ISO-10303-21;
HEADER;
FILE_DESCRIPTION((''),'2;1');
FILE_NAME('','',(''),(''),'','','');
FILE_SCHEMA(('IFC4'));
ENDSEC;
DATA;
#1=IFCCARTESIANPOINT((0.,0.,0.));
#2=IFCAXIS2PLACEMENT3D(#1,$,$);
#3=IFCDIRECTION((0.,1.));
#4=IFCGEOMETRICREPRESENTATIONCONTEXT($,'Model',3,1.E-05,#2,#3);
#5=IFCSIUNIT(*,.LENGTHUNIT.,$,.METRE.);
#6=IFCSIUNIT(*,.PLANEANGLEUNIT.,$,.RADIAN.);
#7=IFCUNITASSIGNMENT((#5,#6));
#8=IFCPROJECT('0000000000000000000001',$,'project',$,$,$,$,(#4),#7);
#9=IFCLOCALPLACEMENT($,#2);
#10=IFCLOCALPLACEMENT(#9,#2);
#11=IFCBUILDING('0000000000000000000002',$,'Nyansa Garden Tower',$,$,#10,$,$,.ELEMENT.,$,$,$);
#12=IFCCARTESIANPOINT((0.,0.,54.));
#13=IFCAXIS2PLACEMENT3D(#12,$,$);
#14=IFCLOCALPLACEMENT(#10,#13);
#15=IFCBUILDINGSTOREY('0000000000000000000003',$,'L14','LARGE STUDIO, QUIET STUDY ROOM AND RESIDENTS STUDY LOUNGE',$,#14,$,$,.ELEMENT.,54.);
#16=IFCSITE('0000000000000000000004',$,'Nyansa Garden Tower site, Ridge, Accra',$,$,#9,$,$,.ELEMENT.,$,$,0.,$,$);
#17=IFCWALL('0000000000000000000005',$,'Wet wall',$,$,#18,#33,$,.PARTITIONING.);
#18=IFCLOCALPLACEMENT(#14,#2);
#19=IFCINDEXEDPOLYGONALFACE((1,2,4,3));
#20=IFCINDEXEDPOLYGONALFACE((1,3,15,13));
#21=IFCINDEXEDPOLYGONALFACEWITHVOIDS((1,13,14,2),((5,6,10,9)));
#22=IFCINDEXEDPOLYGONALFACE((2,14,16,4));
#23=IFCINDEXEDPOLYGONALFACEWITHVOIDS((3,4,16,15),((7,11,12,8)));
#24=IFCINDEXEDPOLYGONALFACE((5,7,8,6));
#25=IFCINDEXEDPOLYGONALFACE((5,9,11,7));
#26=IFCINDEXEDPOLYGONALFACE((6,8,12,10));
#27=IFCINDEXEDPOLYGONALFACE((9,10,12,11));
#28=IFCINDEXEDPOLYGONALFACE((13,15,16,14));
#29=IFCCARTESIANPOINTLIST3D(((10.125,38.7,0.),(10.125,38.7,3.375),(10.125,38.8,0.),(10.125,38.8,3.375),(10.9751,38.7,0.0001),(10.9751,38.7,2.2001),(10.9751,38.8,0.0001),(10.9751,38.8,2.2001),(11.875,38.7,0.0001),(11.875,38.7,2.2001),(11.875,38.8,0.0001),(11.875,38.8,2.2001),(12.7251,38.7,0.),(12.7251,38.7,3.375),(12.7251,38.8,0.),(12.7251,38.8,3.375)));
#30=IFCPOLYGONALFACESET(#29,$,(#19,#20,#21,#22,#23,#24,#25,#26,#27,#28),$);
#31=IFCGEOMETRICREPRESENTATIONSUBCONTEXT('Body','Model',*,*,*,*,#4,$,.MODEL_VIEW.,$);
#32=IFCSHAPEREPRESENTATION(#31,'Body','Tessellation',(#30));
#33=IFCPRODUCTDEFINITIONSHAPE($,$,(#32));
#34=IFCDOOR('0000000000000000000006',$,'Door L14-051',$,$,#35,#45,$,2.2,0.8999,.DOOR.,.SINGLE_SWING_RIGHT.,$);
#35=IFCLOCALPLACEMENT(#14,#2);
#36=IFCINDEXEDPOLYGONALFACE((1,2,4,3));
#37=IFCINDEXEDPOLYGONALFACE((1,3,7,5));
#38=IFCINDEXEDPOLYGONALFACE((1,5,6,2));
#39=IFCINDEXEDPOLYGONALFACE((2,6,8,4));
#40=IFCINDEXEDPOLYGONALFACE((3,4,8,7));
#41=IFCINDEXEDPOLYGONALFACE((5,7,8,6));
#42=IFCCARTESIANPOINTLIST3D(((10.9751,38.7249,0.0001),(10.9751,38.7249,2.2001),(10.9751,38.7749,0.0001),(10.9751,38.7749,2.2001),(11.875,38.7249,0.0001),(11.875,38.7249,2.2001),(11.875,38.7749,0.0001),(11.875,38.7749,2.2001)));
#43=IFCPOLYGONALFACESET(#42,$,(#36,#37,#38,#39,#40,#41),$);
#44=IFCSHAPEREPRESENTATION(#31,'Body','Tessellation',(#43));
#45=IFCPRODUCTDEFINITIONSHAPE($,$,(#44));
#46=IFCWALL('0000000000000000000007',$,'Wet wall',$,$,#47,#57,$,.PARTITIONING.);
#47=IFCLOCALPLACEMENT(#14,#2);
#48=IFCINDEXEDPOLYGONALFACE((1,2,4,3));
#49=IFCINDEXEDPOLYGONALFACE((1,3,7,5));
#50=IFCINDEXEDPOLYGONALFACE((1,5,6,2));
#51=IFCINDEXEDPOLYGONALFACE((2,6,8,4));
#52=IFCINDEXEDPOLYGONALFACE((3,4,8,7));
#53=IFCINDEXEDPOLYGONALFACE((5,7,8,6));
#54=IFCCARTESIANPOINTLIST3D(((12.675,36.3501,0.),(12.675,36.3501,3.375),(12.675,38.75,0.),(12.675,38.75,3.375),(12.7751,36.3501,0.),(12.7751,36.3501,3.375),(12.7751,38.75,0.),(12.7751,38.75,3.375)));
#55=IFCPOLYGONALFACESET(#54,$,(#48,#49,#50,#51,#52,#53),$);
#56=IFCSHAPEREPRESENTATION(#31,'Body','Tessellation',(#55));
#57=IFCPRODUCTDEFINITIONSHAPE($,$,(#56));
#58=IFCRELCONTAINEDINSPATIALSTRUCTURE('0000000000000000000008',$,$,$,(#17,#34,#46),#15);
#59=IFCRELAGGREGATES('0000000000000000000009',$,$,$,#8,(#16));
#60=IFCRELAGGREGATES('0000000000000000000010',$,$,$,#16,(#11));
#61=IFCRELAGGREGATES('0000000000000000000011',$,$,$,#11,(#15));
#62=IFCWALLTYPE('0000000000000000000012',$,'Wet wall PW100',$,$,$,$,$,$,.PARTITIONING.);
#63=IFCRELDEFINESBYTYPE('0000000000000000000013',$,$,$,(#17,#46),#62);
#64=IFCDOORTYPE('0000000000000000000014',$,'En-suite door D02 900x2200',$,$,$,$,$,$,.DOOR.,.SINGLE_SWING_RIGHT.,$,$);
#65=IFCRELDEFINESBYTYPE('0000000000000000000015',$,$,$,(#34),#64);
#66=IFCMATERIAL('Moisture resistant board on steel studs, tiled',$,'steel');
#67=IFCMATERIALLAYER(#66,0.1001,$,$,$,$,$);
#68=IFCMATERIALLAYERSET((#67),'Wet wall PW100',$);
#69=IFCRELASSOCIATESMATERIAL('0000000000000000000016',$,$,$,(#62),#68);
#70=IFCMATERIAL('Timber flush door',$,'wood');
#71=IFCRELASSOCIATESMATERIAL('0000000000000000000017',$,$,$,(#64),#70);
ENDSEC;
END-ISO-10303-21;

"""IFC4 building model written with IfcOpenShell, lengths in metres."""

from ifc_helpers import new_model, si_unit, direction, frame, frame_2d, origin, place, context, subcontext, project, spatial, rectangle, extrude, material, layer, layer_set, type_object, element, fill, save


model = new_model("IFC4")

# Units and contexts
model_context = context("Model", 3, precision=1e-05, world=origin(), true_north=direction((0.0, 1.0)))
body_context = subcontext(model_context, "Body", "Model", "MODEL_VIEW")
ifc_project = project(units=[si_unit("LENGTHUNIT", "METRE"), si_unit("PLANEANGLEUNIT", "RADIAN")], contexts=[model_context])

# Site, building, storey
site_placement = place(None, origin())
site = spatial("IfcSite", under=ifc_project, at=site_placement, Name="Nyansa Garden Tower site, Ridge, Accra", CompositionType="ELEMENT", RefElevation=0.0)
building_placement = place(site_placement, origin())
building = spatial("IfcBuilding", under=site, at=building_placement, Name="Nyansa Garden Tower", CompositionType="ELEMENT")
storey_placement = place(building_placement, frame((0.0, 0.0, 54.0)))
storey = spatial("IfcBuildingStorey", under=building, at=storey_placement, Name="L14", Description="LARGE STUDIO, QUIET STUDY ROOM AND RESIDENTS STUDY LOUNGE", CompositionType="ELEMENT", Elevation=54.0)

# Wall, opening, door
ifc_material_1 = material(Name="Moisture resistant board on steel studs, tiled", Category="steel")
ifc_layer_1 = layer(ifc_material_1, 0.1001)
ifc_layer_set_1 = layer_set([ifc_layer_1], Name="Wet wall PW100")
wall_type_1 = type_object("IfcWallType", Name="Wet wall PW100", PredefinedType="PARTITIONING", material=ifc_layer_set_1)
wall_1_placement = place(storey_placement, frame((10.125, 38.75, 0.0), z_axis=(0.0, 0.0, 1.0), x_axis=(1.0, 0.0, 0.0)))
wall_1 = element("IfcWall", 1, at=wall_1_placement, inside=storey, type_object=wall_type_1, Name="Wet wall", PredefinedType="PARTITIONING", context=body_context, shape_type="SweptSolid", body=[
    extrude(rectangle(XDim=2.6001, YDim=0.1001, at=frame_2d((1.3, 0.0))), origin(), (0.0, 0.0, 1.0), 3.375),
])
opening_1_placement = place(wall_1_placement, frame((0.8501, 0.0, 0.0)))
opening_1 = element("IfcOpeningElement", 2, at=opening_1_placement, cuts=wall_1, PredefinedType="OPENING", context=body_context, shape_type="SweptSolid", body=[
    extrude(rectangle(XDim=0.8999, YDim=2.2, at=frame_2d((0.45, 1.1001))), frame((0.0, 0.0601, 0.0), z_axis=(0.0, -1.0, 0.0), x_axis=(1.0, 0.0, 0.0)), (0.0, 0.0, 1.0), 0.1201),
])
ifc_material_2 = material(Name="Timber flush door", Category="wood")
door_type_1 = type_object("IfcDoorType", Name="En-suite door D02 900x2200", OperationType="SINGLE_SWING_RIGHT", PredefinedType="DOOR", material=ifc_material_2)
door_1_placement = place(opening_1_placement, origin())
door_1 = element("IfcDoor", 3, at=door_1_placement, inside=storey, type_object=door_type_1, Name="Door L14-051", OperationType="SINGLE_SWING_RIGHT", OverallHeight=2.2, OverallWidth=0.8999, PredefinedType="DOOR", context=body_context, shape_type="SweptSolid", body=[
    extrude(rectangle(XDim=0.8999, YDim=2.2, at=frame_2d((0.45, 1.1001))), frame((0.0, 0.0249, 0.0), z_axis=(0.0, -1.0, 0.0), x_axis=(1.0, 0.0, 0.0)), (0.0, 0.0, 1.0), 0.05),
])
fill(opening_1, door_1)

# Wall
wall_2_placement = place(storey_placement, frame((12.7251, 36.3501, 0.0), z_axis=(0.0, 0.0, 1.0), x_axis=(0.0, 1.0, 0.0)))
element("IfcWall", 4, at=wall_2_placement, inside=storey, type_object=wall_type_1, Name="Wet wall", PredefinedType="PARTITIONING", context=body_context, shape_type="SweptSolid", body=[
    extrude(rectangle(XDim=2.3999, YDim=0.1001, at=frame_2d((1.2, 0.0))), origin(), (0.0, 0.0, 1.0), 3.375),
])

save(model, "model.ifc")
